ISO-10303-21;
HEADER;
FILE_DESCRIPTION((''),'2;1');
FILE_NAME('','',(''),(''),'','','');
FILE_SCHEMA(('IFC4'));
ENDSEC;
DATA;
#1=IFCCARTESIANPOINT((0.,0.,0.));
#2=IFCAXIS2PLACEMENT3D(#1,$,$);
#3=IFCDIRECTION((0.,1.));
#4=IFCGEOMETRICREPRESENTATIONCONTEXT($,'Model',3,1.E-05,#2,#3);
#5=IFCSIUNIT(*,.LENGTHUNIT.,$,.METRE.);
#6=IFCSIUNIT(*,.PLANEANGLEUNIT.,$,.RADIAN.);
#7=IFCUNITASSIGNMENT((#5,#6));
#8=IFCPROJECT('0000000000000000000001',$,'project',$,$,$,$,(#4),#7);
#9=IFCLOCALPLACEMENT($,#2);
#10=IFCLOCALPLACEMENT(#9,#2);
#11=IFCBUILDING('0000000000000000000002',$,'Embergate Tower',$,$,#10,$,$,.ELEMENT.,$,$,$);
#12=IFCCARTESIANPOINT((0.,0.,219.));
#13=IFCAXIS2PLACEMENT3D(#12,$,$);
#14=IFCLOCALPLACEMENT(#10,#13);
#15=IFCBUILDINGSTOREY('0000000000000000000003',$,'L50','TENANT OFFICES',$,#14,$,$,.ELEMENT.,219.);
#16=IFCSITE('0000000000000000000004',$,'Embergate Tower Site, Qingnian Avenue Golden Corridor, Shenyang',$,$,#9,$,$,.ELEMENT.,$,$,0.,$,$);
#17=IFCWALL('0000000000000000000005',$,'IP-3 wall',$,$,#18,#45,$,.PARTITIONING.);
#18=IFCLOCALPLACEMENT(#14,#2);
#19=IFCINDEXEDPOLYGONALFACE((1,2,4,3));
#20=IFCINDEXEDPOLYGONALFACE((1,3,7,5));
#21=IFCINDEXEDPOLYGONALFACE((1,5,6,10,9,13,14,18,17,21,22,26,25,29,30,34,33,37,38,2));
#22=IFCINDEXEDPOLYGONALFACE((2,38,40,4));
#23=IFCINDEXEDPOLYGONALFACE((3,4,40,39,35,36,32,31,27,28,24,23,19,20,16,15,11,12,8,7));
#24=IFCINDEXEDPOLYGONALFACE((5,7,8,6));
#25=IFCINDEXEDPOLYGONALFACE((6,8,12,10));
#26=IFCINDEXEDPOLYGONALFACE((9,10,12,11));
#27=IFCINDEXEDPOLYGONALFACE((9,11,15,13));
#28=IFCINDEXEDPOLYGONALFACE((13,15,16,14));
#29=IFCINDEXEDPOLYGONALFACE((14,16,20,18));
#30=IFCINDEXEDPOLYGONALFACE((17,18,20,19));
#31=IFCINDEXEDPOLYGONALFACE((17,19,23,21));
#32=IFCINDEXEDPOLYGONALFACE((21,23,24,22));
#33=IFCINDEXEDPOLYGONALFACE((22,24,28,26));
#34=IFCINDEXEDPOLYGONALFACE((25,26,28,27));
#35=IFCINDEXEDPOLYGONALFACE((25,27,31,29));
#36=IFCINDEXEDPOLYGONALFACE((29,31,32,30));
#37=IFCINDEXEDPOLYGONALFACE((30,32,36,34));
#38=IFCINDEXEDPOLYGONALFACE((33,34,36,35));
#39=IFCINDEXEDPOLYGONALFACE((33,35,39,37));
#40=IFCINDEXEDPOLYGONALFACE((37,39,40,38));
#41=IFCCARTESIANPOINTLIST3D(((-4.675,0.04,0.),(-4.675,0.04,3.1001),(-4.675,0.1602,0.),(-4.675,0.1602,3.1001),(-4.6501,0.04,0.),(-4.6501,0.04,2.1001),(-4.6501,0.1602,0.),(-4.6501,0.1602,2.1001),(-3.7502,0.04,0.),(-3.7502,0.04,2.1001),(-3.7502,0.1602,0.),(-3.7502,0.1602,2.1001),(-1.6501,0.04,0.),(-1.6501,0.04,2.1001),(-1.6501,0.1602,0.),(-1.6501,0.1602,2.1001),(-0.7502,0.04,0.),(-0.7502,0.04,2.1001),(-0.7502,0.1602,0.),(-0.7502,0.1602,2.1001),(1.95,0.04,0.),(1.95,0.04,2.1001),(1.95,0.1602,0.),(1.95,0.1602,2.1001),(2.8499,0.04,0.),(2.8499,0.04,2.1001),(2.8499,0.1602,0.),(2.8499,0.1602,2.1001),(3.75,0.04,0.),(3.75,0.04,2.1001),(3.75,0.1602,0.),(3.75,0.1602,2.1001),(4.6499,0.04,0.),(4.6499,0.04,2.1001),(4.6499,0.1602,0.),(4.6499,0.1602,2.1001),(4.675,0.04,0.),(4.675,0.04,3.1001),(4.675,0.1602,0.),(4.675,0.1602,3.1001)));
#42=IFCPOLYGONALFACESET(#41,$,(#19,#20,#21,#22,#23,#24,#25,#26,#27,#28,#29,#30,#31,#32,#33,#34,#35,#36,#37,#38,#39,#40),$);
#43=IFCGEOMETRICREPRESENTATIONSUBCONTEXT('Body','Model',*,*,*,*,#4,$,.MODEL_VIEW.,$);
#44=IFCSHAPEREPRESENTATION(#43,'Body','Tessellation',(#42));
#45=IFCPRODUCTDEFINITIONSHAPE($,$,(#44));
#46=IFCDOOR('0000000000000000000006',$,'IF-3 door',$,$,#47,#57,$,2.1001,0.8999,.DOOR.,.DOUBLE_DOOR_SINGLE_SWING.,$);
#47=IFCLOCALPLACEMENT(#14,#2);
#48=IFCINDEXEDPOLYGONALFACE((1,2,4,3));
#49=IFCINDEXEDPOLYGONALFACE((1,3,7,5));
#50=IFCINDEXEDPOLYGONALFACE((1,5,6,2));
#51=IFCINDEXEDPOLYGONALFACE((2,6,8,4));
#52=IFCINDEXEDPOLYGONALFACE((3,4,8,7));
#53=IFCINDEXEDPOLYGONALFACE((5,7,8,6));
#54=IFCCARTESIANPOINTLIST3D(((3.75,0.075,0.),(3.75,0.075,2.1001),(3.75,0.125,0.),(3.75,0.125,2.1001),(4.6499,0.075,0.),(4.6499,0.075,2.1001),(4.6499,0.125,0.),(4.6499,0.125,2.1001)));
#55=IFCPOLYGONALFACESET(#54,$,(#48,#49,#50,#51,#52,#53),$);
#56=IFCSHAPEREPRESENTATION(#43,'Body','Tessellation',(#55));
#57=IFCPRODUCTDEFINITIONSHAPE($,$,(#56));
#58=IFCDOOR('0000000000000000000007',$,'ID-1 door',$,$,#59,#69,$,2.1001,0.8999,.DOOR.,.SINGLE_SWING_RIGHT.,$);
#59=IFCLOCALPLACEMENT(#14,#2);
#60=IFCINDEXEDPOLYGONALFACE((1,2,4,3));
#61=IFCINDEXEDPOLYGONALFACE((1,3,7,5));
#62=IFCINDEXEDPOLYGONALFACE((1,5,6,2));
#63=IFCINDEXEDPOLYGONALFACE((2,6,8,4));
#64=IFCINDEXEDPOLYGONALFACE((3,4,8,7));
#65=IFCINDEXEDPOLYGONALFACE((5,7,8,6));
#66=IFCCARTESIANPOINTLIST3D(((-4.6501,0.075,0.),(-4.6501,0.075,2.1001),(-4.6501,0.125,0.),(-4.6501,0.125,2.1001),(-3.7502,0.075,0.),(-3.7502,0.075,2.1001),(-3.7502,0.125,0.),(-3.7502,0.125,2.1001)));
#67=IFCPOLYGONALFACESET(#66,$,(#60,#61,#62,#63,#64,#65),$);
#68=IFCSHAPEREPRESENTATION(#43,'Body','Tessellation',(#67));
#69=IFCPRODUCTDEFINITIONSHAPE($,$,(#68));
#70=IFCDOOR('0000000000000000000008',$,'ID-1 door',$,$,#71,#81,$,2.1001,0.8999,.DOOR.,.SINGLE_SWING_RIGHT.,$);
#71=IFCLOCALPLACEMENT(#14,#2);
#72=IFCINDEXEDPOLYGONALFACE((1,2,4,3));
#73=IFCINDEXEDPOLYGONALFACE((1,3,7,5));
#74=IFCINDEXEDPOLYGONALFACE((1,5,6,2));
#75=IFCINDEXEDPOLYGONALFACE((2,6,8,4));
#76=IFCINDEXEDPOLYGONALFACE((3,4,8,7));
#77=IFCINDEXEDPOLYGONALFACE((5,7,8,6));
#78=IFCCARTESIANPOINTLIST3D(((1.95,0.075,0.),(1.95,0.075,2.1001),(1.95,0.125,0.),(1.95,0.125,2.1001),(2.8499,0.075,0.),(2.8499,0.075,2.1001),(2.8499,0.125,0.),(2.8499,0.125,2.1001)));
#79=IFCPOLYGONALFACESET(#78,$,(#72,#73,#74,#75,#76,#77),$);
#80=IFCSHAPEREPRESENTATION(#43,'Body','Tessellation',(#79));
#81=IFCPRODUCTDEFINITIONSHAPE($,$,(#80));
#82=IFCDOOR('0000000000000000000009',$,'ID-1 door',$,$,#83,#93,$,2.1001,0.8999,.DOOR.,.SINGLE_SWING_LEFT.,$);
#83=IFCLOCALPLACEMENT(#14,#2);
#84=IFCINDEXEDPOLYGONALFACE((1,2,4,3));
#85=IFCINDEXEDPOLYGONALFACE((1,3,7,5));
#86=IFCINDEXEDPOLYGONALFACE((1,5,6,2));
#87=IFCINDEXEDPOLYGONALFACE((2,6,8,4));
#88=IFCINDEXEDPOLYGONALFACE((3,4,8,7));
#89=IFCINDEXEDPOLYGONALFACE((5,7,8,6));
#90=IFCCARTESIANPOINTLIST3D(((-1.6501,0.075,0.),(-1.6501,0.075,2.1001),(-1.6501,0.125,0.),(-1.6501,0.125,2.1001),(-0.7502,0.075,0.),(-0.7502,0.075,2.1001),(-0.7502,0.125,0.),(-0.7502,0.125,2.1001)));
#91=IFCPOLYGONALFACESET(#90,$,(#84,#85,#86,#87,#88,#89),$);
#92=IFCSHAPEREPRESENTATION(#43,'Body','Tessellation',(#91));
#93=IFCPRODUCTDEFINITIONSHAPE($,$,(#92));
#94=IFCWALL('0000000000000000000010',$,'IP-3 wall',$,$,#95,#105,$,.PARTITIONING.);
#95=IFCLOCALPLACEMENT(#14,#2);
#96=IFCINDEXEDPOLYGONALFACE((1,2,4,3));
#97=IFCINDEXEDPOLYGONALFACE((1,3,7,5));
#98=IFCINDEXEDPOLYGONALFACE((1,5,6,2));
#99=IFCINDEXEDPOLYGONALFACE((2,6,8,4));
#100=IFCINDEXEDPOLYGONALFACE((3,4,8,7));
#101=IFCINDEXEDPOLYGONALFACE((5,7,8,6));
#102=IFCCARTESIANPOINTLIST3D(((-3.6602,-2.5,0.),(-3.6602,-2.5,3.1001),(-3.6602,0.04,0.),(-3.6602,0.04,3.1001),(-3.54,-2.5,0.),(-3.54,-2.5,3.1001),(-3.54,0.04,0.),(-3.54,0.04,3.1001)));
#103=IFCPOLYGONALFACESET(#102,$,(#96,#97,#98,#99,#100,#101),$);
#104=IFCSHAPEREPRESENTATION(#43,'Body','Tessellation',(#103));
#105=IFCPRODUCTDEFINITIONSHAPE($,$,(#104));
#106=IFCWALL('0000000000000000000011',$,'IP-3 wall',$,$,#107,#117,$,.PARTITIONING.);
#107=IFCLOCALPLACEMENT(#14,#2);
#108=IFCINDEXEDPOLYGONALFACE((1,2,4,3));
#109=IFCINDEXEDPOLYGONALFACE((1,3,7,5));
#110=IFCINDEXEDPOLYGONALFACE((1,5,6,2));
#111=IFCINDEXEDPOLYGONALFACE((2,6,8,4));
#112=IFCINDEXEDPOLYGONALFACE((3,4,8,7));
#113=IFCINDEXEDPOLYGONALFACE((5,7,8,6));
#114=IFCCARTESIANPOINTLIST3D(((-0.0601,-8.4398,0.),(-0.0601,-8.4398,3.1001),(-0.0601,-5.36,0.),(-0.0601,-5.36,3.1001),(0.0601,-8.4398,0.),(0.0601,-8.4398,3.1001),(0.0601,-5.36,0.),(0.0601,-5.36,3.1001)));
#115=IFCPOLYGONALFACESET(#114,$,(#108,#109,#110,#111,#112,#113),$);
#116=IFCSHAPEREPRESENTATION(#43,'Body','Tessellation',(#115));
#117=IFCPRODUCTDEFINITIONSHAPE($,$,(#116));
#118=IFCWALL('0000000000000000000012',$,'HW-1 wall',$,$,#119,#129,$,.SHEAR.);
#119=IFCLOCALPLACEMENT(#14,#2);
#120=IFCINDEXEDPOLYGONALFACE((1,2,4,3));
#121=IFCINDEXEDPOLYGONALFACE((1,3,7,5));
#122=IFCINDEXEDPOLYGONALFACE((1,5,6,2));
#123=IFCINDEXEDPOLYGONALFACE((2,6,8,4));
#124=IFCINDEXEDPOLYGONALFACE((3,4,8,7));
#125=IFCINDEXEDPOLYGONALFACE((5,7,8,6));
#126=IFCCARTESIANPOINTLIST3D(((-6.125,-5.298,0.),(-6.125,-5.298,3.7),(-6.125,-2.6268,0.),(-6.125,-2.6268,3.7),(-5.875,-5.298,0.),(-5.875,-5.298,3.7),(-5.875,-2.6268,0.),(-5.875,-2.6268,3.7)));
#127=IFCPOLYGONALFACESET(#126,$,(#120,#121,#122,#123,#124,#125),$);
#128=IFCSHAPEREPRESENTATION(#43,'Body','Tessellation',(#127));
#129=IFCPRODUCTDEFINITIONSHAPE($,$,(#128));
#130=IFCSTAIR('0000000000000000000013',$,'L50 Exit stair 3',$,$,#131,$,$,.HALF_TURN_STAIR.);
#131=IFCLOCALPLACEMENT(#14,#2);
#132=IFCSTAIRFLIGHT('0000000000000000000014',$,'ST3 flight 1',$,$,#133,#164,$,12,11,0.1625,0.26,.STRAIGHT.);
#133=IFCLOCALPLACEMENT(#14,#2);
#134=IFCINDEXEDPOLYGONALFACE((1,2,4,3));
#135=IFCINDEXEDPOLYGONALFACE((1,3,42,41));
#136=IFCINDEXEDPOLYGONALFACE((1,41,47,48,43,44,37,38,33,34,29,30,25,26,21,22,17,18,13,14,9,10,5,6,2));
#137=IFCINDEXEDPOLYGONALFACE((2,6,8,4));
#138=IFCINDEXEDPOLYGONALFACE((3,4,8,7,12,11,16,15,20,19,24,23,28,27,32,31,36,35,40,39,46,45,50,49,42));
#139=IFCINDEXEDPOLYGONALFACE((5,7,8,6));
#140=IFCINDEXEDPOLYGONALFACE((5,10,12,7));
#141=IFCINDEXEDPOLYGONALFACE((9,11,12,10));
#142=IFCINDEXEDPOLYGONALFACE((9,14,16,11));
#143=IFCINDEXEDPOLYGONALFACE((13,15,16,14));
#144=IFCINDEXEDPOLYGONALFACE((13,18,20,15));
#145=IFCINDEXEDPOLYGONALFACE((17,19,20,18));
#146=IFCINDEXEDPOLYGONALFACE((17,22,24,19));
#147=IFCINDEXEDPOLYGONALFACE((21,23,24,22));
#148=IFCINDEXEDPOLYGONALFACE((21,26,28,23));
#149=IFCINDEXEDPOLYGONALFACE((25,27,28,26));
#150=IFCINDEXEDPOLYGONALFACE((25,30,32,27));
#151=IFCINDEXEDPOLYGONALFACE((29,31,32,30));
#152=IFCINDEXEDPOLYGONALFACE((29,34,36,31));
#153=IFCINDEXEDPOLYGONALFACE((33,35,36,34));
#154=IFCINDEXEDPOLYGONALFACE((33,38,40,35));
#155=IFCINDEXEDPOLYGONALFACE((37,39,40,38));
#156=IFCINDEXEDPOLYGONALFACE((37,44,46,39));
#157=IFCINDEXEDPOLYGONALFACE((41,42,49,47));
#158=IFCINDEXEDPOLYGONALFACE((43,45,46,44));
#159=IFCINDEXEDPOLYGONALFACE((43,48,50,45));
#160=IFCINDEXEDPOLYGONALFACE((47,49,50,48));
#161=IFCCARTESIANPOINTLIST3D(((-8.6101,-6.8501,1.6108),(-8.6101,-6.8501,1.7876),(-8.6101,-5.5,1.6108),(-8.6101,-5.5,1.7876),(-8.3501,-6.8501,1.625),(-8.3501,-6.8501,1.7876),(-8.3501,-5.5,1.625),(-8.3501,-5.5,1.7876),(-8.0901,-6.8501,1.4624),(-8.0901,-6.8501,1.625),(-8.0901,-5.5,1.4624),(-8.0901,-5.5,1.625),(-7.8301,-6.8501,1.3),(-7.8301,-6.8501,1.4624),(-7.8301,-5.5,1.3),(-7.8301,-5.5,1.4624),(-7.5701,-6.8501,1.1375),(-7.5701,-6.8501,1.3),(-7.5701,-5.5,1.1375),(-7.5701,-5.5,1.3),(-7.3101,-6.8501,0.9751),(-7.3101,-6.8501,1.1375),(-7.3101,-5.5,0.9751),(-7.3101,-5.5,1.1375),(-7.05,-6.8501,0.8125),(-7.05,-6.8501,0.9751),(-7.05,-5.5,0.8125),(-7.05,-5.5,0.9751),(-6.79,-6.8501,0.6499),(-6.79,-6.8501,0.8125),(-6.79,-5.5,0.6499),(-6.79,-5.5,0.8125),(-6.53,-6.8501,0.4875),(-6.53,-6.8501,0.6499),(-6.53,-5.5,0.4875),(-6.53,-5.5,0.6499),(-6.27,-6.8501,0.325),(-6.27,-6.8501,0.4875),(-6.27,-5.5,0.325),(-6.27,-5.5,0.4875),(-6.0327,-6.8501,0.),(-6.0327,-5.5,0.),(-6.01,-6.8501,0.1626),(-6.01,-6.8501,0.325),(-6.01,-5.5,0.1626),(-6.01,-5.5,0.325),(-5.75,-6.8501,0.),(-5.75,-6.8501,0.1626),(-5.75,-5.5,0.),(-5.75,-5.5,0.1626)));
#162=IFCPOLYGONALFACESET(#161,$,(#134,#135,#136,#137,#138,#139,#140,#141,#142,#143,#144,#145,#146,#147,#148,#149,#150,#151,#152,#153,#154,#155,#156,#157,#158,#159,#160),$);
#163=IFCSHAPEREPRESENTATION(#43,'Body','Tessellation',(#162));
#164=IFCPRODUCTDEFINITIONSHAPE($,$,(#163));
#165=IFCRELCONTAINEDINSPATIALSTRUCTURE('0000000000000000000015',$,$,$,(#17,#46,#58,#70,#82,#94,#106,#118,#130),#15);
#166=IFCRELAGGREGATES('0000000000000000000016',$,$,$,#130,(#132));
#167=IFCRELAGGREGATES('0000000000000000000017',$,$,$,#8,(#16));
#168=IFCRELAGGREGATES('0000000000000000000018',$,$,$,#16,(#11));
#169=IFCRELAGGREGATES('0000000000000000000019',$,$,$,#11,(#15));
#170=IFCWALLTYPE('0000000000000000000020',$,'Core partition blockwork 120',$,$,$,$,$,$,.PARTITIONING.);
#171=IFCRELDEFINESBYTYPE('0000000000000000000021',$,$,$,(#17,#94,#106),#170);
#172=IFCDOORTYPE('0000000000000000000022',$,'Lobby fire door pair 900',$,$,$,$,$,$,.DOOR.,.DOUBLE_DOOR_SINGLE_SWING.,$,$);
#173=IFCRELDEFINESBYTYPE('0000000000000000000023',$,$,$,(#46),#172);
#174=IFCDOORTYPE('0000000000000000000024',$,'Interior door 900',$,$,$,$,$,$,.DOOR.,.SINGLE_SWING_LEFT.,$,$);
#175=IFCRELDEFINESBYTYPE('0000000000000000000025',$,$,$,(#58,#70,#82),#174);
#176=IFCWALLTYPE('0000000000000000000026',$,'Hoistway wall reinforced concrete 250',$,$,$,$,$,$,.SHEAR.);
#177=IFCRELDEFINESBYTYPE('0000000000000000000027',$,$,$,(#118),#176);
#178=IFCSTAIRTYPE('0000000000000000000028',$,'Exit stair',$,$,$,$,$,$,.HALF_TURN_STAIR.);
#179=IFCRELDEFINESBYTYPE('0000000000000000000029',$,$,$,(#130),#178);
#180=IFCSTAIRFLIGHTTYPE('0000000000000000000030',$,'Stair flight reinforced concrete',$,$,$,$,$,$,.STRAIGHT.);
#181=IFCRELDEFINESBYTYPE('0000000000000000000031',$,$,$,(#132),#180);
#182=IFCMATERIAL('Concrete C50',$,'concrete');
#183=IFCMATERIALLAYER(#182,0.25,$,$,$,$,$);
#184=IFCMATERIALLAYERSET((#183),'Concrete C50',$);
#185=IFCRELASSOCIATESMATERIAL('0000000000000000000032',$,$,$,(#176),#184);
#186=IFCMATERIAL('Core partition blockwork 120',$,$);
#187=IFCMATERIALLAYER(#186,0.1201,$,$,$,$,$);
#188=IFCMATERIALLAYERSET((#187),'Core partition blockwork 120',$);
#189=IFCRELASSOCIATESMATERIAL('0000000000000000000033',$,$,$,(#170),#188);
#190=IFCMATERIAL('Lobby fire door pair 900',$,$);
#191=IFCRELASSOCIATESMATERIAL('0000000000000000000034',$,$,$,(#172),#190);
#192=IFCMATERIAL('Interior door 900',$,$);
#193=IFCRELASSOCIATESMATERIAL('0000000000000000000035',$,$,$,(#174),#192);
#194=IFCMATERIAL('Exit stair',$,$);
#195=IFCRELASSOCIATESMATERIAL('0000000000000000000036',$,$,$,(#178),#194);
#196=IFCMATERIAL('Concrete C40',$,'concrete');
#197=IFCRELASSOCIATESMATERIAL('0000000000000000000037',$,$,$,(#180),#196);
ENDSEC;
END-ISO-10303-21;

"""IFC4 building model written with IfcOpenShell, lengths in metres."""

from ifc_helpers import new_model, si_unit, direction, frame, frame_2d, origin, place, context, subcontext, project, spatial, polyline, rectangle, outline, extrude, source, transform, mapped, material, layer, layer_set, type_object, element, fill, aggregate, save


model = new_model("IFC4")

# Units and contexts
model_context = context("Model", 3, precision=1e-05, world=origin(), true_north=direction((0.0, 1.0)))
body_context = subcontext(model_context, "Body", "Model", "MODEL_VIEW")
ifc_project = project(units=[si_unit("LENGTHUNIT", "METRE"), si_unit("PLANEANGLEUNIT", "RADIAN")], contexts=[model_context])

# Site, building, storey
site_placement = place(None, origin())
site = spatial("IfcSite", under=ifc_project, at=site_placement, Name="Embergate Tower Site, Qingnian Avenue Golden Corridor, Shenyang", CompositionType="ELEMENT", RefElevation=0.0)
building_placement = place(site_placement, origin())
building = spatial("IfcBuilding", under=site, at=building_placement, Name="Embergate Tower", CompositionType="ELEMENT")
storey_placement = place(building_placement, frame((0.0, 0.0, 219.0)))
storey = spatial("IfcBuildingStorey", under=building, at=storey_placement, Name="L50", Description="TENANT OFFICES", CompositionType="ELEMENT", Elevation=219.0)

# Shared definitions
ifc_material_1 = material(Name="Concrete C50", Category="concrete")
ifc_layer_1 = layer(ifc_material_1, 0.25)
ifc_layer_set_1 = layer_set([ifc_layer_1], Name="Concrete C50")
wall_type_1 = type_object("IfcWallType", Name="Hoistway wall reinforced concrete 250", PredefinedType="SHEAR", material=ifc_layer_set_1)

# Shared definitions
ifc_material_2 = material(Name="Core partition blockwork 120")
ifc_layer_2 = layer(ifc_material_2, 0.1201)
ifc_layer_set_2 = layer_set([ifc_layer_2], Name="Core partition blockwork 120")
wall_type_2 = type_object("IfcWallType", Name="Core partition blockwork 120", PredefinedType="PARTITIONING", material=ifc_layer_set_2)

# Wall, openings, doors
shared_shape_1 = source(origin(), body_context, "Body", "SweptSolid", [
    extrude(rectangle(XDim=9.3501, YDim=0.1201, at=frame_2d((4.675, 0.0))), origin(), (0.0, 0.0, 1.0), 3.1001),
])
wall_1_placement = place(storey_placement, frame((-4.675, 0.1001, 0.0), z_axis=(0.0, 0.0, 1.0), x_axis=(1.0, 0.0, 0.0)))
wall_1 = element("IfcWall", 1, at=wall_1_placement, inside=storey, type_object=wall_type_2, Name="IP-3 wall", PredefinedType="PARTITIONING", context=body_context, shape_type="MappedRepresentation", body=[
    mapped(shared_shape_1, transform((0.0, 0.0, 0.0))),
])
shared_shape_2 = source(origin(), body_context, "Body", "SweptSolid", [
    extrude(rectangle(XDim=0.8999, YDim=2.1001, at=frame_2d((0.45, 1.05))), frame((0.0, 0.0701, 0.0), z_axis=(0.0, -1.0, 0.0), x_axis=(1.0, 0.0, 0.0)), (0.0, 0.0, 1.0), 0.1401),
])
opening_1_placement = place(wall_1_placement, frame((8.425, 0.0, 0.0)))
opening_1 = element("IfcOpeningElement", 2, at=opening_1_placement, cuts=wall_1, PredefinedType="OPENING", context=body_context, shape_type="MappedRepresentation", body=[
    mapped(shared_shape_2, transform((0.0, 0.0, 0.0))),
])
opening_2_placement = place(wall_1_placement, frame((0.0249, 0.0, 0.0)))
opening_2 = element("IfcOpeningElement", 3, at=opening_2_placement, cuts=wall_1, PredefinedType="OPENING", context=body_context, shape_type="MappedRepresentation", body=[
    mapped(shared_shape_2, transform((0.0, 0.0, 0.0))),
])
opening_3_placement = place(wall_1_placement, frame((6.625, 0.0, 0.0)))
opening_3 = element("IfcOpeningElement", 4, at=opening_3_placement, cuts=wall_1, PredefinedType="OPENING", context=body_context, shape_type="MappedRepresentation", body=[
    mapped(shared_shape_2, transform((0.0, 0.0, 0.0))),
])
opening_4_placement = place(wall_1_placement, frame((3.0249, 0.0, 0.0)))
opening_4 = element("IfcOpeningElement", 5, at=opening_4_placement, cuts=wall_1, PredefinedType="OPENING", context=body_context, shape_type="MappedRepresentation", body=[
    mapped(shared_shape_2, transform((0.0, 0.0, 0.0))),
])
ifc_material_3 = material(Name="Lobby fire door pair 900")
door_type_1 = type_object("IfcDoorType", Name="Lobby fire door pair 900", OperationType="DOUBLE_DOOR_SINGLE_SWING", PredefinedType="DOOR", material=ifc_material_3)
shared_shape_3 = source(origin(), body_context, "Body", "SweptSolid", [
    extrude(rectangle(XDim=0.8999, YDim=2.1001, at=frame_2d((0.45, 1.05))), frame((0.0, 0.0249, 0.0), z_axis=(0.0, -1.0, 0.0), x_axis=(1.0, 0.0, 0.0)), (0.0, 0.0, 1.0), 0.05),
])
door_1_placement = place(opening_1_placement, origin())
door_1 = element("IfcDoor", 6, at=door_1_placement, inside=storey, type_object=door_type_1, Name="IF-3 door", OperationType="DOUBLE_DOOR_SINGLE_SWING", OverallHeight=2.1001, OverallWidth=0.8999, PredefinedType="DOOR", context=body_context, shape_type="MappedRepresentation", body=[
    mapped(shared_shape_3, transform((0.0, 0.0, 0.0))),
])
fill(opening_1, door_1)
ifc_material_4 = material(Name="Interior door 900")
door_type_2 = type_object("IfcDoorType", Name="Interior door 900", OperationType="SINGLE_SWING_LEFT", PredefinedType="DOOR", material=ifc_material_4)
door_2_placement = place(opening_2_placement, origin())
door_2 = element("IfcDoor", 7, at=door_2_placement, inside=storey, type_object=door_type_2, Name="ID-1 door", OperationType="SINGLE_SWING_RIGHT", OverallHeight=2.1001, OverallWidth=0.8999, PredefinedType="DOOR", context=body_context, shape_type="MappedRepresentation", body=[
    mapped(shared_shape_3, transform((0.0, 0.0, 0.0))),
])
fill(opening_2, door_2)
door_3_placement = place(opening_3_placement, origin())
door_3 = element("IfcDoor", 8, at=door_3_placement, inside=storey, type_object=door_type_2, Name="ID-1 door", OperationType="SINGLE_SWING_RIGHT", OverallHeight=2.1001, OverallWidth=0.8999, PredefinedType="DOOR", context=body_context, shape_type="MappedRepresentation", body=[
    mapped(shared_shape_3, transform((0.0, 0.0, 0.0))),
])
fill(opening_3, door_3)
door_4_placement = place(opening_4_placement, origin())
door_4 = element("IfcDoor", 9, at=door_4_placement, inside=storey, type_object=door_type_2, Name="ID-1 door", OperationType="SINGLE_SWING_LEFT", OverallHeight=2.1001, OverallWidth=0.8999, PredefinedType="DOOR", context=body_context, shape_type="MappedRepresentation", body=[
    mapped(shared_shape_3, transform((0.0, 0.0, 0.0))),
])
fill(opening_4, door_4)

# Walls
shared_shape_4 = source(origin(), body_context, "Body", "SweptSolid", [
    extrude(rectangle(XDim=2.54, YDim=0.1201, at=frame_2d((1.27, 0.0))), origin(), (0.0, 0.0, 1.0), 3.1001),
])
wall_2_placement = place(storey_placement, frame((-3.6001, -2.5, 0.0), z_axis=(0.0, 0.0, 1.0), x_axis=(0.0, 1.0, 0.0)))
element("IfcWall", 10, at=wall_2_placement, inside=storey, type_object=wall_type_2, Name="IP-3 wall", PredefinedType="PARTITIONING", context=body_context, shape_type="MappedRepresentation", body=[
    mapped(shared_shape_4, transform((0.0, 0.0, 0.0))),
])
shared_shape_5 = source(origin(), body_context, "Body", "SweptSolid", [
    extrude(rectangle(XDim=3.0798, YDim=0.1201, at=frame_2d((1.54, 0.0))), origin(), (0.0, 0.0, 1.0), 3.1001),
])
wall_3_placement = place(storey_placement, frame((0.0, -8.4399, 0.0), z_axis=(0.0, 0.0, 1.0), x_axis=(0.0, 1.0, 0.0)))
element("IfcWall", 11, at=wall_3_placement, inside=storey, type_object=wall_type_2, Name="IP-3 wall", PredefinedType="PARTITIONING", context=body_context, shape_type="MappedRepresentation", body=[
    mapped(shared_shape_5, transform((0.0, 0.0, 0.0))),
])
shared_shape_6 = source(origin(), body_context, "Body", "SweptSolid", [
    extrude(rectangle(XDim=2.6711, YDim=0.25, at=frame_2d((1.3354, 0.0))), origin(), (0.0, 0.0, 1.0), 3.7),
])
wall_4_placement = place(storey_placement, frame((-6.0, -2.627, 0.0), z_axis=(0.0, 0.0, 1.0), x_axis=(0.0, -1.0, 0.0)))
element("IfcWall", 12, at=wall_4_placement, inside=storey, type_object=wall_type_1, Name="HW-1 wall", PredefinedType="SHEAR", context=body_context, shape_type="MappedRepresentation", body=[
    mapped(shared_shape_6, transform((0.0, 0.0, 0.0))),
])

# Stair, stair flight
ifc_material_5 = material(Name="Exit stair")
stair_type = type_object("IfcStairType", Name="Exit stair", PredefinedType="HALF_TURN_STAIR", material=ifc_material_5)
stair_placement = place(storey_placement, origin())
stair = element("IfcStair", 13, at=stair_placement, inside=storey, type_object=stair_type, Name="L50 Exit stair 3", PredefinedType="HALF_TURN_STAIR")
ifc_material_6 = material(Name="Concrete C40", Category="concrete")
stair_flight_type = type_object("IfcStairFlightType", Name="Stair flight reinforced concrete", PredefinedType="STRAIGHT", material=ifc_material_6)
shared_shape_7 = source(origin(), body_context, "Body", "SweptSolid", [
    extrude(outline(polyline([(0.0, 0.0), (0.0, 0.1626), (0.26, 0.1626), (0.26, 0.325), (0.52, 0.325), (0.52, 0.4875), (0.78, 0.4875), (0.78, 0.6499), (1.04, 0.6499), (1.04, 0.8125), (1.3, 0.8125), (1.3, 0.9751), (1.5601, 0.9751), (1.5601, 1.1375), (1.8201, 1.1375), (1.8201, 1.3), (2.0801, 1.3), (2.0801, 1.4624), (2.3401, 1.4624), (2.3401, 1.625), (2.6001, 1.625), (2.6001, 1.7876), (2.8601, 1.7876), (2.8601, 1.95), (2.8601, 1.6108), (0.2827, 0.0), (0.0, 0.0)])), frame((0.0, 0.675, 0.0), z_axis=(0.0, -1.0, 0.0), x_axis=(1.0, 0.0, 0.0)), (0.0, 0.0, 1.0), 1.3501),
])
stair_flight_placement = place(storey_placement, frame((-5.75, -6.175, 0.0), z_axis=(0.0, 0.0, 1.0), x_axis=(-1.0, 0.0, 0.0)))
stair_flight = element("IfcStairFlight", 14, at=stair_flight_placement, type_object=stair_flight_type, Name="ST3 flight 1", NumberOfRisers=12, NumberOfTreads=11, PredefinedType="STRAIGHT", RiserHeight=0.1625, TreadLength=0.26, context=body_context, shape_type="MappedRepresentation", body=[
    mapped(shared_shape_7, transform((0.0, 0.0, 0.0))),
])
aggregate(stair, [stair_flight])

save(model, "model.ifc")
